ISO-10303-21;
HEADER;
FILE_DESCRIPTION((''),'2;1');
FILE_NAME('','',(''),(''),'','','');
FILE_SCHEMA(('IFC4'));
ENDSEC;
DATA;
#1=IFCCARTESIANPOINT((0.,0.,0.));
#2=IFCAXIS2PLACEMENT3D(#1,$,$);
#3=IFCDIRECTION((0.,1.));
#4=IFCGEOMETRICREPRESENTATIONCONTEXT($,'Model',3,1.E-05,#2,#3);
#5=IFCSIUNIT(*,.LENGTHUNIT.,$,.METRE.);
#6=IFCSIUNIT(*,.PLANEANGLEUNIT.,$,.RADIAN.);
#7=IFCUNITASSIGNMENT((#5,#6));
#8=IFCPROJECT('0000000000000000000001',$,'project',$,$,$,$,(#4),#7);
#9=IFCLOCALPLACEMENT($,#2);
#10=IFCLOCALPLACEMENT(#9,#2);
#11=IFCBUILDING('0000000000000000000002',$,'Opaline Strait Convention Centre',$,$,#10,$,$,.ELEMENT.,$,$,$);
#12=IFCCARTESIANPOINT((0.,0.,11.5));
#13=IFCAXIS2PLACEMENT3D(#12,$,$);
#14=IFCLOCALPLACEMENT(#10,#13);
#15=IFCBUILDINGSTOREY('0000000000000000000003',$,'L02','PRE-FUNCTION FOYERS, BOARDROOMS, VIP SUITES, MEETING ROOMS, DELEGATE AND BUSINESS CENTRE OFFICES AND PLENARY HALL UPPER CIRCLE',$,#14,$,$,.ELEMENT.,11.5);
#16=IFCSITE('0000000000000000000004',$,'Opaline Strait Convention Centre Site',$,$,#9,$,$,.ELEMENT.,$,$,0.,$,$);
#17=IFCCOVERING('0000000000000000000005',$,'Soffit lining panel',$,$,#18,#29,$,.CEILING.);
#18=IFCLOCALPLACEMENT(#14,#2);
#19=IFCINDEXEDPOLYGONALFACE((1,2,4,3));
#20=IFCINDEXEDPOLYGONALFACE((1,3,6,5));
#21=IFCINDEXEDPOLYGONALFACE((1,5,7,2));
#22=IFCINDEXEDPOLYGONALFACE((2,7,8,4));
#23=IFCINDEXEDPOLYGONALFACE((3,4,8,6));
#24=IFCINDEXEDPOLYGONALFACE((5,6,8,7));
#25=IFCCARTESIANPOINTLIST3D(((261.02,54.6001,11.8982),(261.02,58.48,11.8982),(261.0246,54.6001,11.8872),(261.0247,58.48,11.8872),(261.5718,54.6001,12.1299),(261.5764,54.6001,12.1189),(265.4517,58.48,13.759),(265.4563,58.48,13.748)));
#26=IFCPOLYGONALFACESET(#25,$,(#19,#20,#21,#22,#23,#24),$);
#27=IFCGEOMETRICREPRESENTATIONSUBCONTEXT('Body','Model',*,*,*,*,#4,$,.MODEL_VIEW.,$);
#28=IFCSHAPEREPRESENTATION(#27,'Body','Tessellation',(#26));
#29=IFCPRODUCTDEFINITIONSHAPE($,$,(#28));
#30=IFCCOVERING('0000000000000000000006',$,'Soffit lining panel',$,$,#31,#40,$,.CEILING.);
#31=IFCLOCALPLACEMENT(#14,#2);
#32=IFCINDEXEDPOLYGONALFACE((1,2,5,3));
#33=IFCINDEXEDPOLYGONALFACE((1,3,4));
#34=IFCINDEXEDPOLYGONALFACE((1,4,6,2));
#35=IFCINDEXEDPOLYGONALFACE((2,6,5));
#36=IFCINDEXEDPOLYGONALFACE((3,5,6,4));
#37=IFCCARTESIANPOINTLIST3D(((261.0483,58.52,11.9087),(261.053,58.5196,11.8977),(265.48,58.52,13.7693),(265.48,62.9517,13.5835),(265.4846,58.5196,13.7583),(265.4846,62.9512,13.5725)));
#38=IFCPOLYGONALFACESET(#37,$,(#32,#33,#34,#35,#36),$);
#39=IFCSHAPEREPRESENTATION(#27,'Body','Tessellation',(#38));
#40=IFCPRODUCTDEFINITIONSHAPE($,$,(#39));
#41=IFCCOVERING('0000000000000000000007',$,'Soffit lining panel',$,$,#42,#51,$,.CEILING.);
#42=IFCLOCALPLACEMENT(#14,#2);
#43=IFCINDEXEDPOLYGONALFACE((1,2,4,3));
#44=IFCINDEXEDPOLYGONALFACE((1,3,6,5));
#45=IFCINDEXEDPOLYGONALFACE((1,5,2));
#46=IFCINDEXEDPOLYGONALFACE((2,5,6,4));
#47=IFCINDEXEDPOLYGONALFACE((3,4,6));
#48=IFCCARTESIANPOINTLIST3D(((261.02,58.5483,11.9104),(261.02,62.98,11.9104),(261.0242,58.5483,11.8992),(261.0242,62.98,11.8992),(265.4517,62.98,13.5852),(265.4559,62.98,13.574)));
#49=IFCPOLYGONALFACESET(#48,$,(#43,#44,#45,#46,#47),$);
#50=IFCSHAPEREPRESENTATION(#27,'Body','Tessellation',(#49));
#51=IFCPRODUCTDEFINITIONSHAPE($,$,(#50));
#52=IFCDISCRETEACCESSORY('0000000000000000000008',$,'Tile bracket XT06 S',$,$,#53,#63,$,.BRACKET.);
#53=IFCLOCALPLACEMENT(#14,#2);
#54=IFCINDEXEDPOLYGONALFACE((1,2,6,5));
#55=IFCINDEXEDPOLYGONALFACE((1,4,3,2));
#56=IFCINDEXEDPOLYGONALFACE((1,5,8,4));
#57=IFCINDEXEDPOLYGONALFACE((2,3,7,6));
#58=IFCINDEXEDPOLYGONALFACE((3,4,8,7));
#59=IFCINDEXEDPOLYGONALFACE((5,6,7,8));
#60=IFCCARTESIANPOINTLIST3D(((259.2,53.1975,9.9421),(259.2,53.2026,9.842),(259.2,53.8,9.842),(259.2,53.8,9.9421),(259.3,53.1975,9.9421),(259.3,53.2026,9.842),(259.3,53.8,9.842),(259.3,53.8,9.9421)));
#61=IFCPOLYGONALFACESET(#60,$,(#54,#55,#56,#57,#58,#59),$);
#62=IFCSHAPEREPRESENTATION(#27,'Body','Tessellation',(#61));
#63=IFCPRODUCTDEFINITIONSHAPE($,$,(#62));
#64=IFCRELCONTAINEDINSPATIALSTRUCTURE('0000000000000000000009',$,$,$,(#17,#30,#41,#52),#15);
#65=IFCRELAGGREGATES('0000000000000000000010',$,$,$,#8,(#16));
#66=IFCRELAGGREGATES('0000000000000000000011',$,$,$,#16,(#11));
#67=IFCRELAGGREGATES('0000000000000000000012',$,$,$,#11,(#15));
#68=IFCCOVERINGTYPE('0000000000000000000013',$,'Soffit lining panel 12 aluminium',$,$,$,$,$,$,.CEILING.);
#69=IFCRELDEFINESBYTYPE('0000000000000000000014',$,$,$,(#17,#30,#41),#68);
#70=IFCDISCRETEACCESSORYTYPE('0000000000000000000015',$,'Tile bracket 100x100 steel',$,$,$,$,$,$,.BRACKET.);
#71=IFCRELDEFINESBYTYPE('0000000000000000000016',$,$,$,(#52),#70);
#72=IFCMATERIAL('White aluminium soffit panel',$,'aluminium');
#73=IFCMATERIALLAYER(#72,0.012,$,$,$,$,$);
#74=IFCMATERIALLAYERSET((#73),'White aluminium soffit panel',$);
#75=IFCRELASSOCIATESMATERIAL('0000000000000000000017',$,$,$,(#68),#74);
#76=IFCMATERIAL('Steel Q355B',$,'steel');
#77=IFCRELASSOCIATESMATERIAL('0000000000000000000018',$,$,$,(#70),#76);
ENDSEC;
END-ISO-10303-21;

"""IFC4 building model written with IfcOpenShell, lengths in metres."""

from ifc_helpers import new_model, si_unit, direction, frame, origin, place, context, subcontext, project, spatial, polyline, outline, extrude, material, layer, layer_set, type_object, element, save


model = new_model("IFC4")

# Units and contexts
model_context = context("Model", 3, precision=1e-05, world=origin(), true_north=direction((0.0, 1.0)))
body_context = subcontext(model_context, "Body", "Model", "MODEL_VIEW")
ifc_project = project(units=[si_unit("LENGTHUNIT", "METRE"), si_unit("PLANEANGLEUNIT", "RADIAN")], contexts=[model_context])

# Site, building, storey
site_placement = place(None, origin())
site = spatial("IfcSite", under=ifc_project, at=site_placement, Name="Opaline Strait Convention Centre Site", CompositionType="ELEMENT", RefElevation=0.0)
building_placement = place(site_placement, origin())
building = spatial("IfcBuilding", under=site, at=building_placement, Name="Opaline Strait Convention Centre", CompositionType="ELEMENT")
storey_placement = place(building_placement, frame((0.0, 0.0, 11.5)))
storey = spatial("IfcBuildingStorey", under=building, at=storey_placement, Name="L02", Description="PRE-FUNCTION FOYERS, BOARDROOMS, VIP SUITES, MEETING ROOMS, DELEGATE AND BUSINESS CENTRE OFFICES AND PLENARY HALL UPPER CIRCLE", CompositionType="ELEMENT", Elevation=11.5)

# Shared definitions
ifc_material_1 = material(Name="Steel Q355B", Category="steel")

# Coverings
ifc_material_2 = material(Name="White aluminium soffit panel", Category="aluminium")
ifc_layer_1 = layer(ifc_material_2, 0.012)
ifc_layer_set_1 = layer_set([ifc_layer_1], Name="White aluminium soffit panel")
covering_type_1 = type_object("IfcCoveringType", Name="Soffit lining panel 12 aluminium", PredefinedType="CEILING", material=ifc_layer_set_1)
covering_1_placement = place(storey_placement, frame((261.02, 58.48, 11.8982), z_axis=(-0.387154, 0.000002, 0.922015), x_axis=(0.922015, 0.0, 0.387154)))
element("IfcCovering", 1, at=covering_1_placement, inside=storey, type_object=covering_type_1, Name="Soffit lining panel", PredefinedType="CEILING", context=body_context, shape_type="SweptSolid", body=[
    extrude(outline(polyline([(0.0, 0.0), (4.8065, 0.0), (0.5984, -3.8799), (0.0, -3.8799), (0.0, 0.0)])), origin(), (0.0, 0.0, -1.0), 0.012),
])
covering_2_placement = place(storey_placement, frame((261.0483, 58.52, 11.9087), z_axis=(-0.386821, 0.038626, 0.921346), x_axis=(0.683135, 0.683135, 0.25817)))
element("IfcCovering", 2, at=covering_2_placement, inside=storey, type_object=covering_type_1, Name="Soffit lining panel", PredefinedType="CEILING", context=body_context, shape_type="SweptSolid", body=[
    extrude(outline(polyline([(0.0, 0.0), (6.4872, 0.0), (3.5078, -3.2859), (0.0, 0.0)])), origin(), (0.0, 0.0, -1.0), 0.012),
])
covering_3_placement = place(storey_placement, frame((261.02, 58.5483, 11.9104), z_axis=(-0.353517, 0.0, 0.935428), x_axis=(0.0, 1.0, 0.0)))
element("IfcCovering", 3, at=covering_3_placement, inside=storey, type_object=covering_type_1, Name="Soffit lining panel", PredefinedType="CEILING", context=body_context, shape_type="SweptSolid", body=[
    extrude(outline(polyline([(0.0, 0.0), (4.4316, 0.0), (4.4316, -4.7376), (0.0, 0.0)])), origin(), (0.0, 0.0, -1.0), 0.012),
])

# Discrete accessory
discrete_accessory_type = type_object("IfcDiscreteAccessoryType", Name="Tile bracket 100x100 steel", PredefinedType="BRACKET", material=ifc_material_1)
discrete_accessory_placement = place(storey_placement, frame((259.2, 53.8, 9.8921), z_axis=(1.0, 0.0, 0.0), x_axis=(0.0, 1.0, 0.0)))
element("IfcDiscreteAccessory", 4, at=discrete_accessory_placement, inside=storey, type_object=discrete_accessory_type, Name="Tile bracket XT06 S", PredefinedType="BRACKET", context=body_context, shape_type="SweptSolid", body=[
    extrude(outline(polyline([(0.0, -0.05), (0.0, 0.05), (-0.6025, 0.05), (-0.5974, -0.05), (0.0, -0.05)])), origin(), (0.0, 0.0, 1.0), 0.1001),
])

save(model, "model.ifc")
